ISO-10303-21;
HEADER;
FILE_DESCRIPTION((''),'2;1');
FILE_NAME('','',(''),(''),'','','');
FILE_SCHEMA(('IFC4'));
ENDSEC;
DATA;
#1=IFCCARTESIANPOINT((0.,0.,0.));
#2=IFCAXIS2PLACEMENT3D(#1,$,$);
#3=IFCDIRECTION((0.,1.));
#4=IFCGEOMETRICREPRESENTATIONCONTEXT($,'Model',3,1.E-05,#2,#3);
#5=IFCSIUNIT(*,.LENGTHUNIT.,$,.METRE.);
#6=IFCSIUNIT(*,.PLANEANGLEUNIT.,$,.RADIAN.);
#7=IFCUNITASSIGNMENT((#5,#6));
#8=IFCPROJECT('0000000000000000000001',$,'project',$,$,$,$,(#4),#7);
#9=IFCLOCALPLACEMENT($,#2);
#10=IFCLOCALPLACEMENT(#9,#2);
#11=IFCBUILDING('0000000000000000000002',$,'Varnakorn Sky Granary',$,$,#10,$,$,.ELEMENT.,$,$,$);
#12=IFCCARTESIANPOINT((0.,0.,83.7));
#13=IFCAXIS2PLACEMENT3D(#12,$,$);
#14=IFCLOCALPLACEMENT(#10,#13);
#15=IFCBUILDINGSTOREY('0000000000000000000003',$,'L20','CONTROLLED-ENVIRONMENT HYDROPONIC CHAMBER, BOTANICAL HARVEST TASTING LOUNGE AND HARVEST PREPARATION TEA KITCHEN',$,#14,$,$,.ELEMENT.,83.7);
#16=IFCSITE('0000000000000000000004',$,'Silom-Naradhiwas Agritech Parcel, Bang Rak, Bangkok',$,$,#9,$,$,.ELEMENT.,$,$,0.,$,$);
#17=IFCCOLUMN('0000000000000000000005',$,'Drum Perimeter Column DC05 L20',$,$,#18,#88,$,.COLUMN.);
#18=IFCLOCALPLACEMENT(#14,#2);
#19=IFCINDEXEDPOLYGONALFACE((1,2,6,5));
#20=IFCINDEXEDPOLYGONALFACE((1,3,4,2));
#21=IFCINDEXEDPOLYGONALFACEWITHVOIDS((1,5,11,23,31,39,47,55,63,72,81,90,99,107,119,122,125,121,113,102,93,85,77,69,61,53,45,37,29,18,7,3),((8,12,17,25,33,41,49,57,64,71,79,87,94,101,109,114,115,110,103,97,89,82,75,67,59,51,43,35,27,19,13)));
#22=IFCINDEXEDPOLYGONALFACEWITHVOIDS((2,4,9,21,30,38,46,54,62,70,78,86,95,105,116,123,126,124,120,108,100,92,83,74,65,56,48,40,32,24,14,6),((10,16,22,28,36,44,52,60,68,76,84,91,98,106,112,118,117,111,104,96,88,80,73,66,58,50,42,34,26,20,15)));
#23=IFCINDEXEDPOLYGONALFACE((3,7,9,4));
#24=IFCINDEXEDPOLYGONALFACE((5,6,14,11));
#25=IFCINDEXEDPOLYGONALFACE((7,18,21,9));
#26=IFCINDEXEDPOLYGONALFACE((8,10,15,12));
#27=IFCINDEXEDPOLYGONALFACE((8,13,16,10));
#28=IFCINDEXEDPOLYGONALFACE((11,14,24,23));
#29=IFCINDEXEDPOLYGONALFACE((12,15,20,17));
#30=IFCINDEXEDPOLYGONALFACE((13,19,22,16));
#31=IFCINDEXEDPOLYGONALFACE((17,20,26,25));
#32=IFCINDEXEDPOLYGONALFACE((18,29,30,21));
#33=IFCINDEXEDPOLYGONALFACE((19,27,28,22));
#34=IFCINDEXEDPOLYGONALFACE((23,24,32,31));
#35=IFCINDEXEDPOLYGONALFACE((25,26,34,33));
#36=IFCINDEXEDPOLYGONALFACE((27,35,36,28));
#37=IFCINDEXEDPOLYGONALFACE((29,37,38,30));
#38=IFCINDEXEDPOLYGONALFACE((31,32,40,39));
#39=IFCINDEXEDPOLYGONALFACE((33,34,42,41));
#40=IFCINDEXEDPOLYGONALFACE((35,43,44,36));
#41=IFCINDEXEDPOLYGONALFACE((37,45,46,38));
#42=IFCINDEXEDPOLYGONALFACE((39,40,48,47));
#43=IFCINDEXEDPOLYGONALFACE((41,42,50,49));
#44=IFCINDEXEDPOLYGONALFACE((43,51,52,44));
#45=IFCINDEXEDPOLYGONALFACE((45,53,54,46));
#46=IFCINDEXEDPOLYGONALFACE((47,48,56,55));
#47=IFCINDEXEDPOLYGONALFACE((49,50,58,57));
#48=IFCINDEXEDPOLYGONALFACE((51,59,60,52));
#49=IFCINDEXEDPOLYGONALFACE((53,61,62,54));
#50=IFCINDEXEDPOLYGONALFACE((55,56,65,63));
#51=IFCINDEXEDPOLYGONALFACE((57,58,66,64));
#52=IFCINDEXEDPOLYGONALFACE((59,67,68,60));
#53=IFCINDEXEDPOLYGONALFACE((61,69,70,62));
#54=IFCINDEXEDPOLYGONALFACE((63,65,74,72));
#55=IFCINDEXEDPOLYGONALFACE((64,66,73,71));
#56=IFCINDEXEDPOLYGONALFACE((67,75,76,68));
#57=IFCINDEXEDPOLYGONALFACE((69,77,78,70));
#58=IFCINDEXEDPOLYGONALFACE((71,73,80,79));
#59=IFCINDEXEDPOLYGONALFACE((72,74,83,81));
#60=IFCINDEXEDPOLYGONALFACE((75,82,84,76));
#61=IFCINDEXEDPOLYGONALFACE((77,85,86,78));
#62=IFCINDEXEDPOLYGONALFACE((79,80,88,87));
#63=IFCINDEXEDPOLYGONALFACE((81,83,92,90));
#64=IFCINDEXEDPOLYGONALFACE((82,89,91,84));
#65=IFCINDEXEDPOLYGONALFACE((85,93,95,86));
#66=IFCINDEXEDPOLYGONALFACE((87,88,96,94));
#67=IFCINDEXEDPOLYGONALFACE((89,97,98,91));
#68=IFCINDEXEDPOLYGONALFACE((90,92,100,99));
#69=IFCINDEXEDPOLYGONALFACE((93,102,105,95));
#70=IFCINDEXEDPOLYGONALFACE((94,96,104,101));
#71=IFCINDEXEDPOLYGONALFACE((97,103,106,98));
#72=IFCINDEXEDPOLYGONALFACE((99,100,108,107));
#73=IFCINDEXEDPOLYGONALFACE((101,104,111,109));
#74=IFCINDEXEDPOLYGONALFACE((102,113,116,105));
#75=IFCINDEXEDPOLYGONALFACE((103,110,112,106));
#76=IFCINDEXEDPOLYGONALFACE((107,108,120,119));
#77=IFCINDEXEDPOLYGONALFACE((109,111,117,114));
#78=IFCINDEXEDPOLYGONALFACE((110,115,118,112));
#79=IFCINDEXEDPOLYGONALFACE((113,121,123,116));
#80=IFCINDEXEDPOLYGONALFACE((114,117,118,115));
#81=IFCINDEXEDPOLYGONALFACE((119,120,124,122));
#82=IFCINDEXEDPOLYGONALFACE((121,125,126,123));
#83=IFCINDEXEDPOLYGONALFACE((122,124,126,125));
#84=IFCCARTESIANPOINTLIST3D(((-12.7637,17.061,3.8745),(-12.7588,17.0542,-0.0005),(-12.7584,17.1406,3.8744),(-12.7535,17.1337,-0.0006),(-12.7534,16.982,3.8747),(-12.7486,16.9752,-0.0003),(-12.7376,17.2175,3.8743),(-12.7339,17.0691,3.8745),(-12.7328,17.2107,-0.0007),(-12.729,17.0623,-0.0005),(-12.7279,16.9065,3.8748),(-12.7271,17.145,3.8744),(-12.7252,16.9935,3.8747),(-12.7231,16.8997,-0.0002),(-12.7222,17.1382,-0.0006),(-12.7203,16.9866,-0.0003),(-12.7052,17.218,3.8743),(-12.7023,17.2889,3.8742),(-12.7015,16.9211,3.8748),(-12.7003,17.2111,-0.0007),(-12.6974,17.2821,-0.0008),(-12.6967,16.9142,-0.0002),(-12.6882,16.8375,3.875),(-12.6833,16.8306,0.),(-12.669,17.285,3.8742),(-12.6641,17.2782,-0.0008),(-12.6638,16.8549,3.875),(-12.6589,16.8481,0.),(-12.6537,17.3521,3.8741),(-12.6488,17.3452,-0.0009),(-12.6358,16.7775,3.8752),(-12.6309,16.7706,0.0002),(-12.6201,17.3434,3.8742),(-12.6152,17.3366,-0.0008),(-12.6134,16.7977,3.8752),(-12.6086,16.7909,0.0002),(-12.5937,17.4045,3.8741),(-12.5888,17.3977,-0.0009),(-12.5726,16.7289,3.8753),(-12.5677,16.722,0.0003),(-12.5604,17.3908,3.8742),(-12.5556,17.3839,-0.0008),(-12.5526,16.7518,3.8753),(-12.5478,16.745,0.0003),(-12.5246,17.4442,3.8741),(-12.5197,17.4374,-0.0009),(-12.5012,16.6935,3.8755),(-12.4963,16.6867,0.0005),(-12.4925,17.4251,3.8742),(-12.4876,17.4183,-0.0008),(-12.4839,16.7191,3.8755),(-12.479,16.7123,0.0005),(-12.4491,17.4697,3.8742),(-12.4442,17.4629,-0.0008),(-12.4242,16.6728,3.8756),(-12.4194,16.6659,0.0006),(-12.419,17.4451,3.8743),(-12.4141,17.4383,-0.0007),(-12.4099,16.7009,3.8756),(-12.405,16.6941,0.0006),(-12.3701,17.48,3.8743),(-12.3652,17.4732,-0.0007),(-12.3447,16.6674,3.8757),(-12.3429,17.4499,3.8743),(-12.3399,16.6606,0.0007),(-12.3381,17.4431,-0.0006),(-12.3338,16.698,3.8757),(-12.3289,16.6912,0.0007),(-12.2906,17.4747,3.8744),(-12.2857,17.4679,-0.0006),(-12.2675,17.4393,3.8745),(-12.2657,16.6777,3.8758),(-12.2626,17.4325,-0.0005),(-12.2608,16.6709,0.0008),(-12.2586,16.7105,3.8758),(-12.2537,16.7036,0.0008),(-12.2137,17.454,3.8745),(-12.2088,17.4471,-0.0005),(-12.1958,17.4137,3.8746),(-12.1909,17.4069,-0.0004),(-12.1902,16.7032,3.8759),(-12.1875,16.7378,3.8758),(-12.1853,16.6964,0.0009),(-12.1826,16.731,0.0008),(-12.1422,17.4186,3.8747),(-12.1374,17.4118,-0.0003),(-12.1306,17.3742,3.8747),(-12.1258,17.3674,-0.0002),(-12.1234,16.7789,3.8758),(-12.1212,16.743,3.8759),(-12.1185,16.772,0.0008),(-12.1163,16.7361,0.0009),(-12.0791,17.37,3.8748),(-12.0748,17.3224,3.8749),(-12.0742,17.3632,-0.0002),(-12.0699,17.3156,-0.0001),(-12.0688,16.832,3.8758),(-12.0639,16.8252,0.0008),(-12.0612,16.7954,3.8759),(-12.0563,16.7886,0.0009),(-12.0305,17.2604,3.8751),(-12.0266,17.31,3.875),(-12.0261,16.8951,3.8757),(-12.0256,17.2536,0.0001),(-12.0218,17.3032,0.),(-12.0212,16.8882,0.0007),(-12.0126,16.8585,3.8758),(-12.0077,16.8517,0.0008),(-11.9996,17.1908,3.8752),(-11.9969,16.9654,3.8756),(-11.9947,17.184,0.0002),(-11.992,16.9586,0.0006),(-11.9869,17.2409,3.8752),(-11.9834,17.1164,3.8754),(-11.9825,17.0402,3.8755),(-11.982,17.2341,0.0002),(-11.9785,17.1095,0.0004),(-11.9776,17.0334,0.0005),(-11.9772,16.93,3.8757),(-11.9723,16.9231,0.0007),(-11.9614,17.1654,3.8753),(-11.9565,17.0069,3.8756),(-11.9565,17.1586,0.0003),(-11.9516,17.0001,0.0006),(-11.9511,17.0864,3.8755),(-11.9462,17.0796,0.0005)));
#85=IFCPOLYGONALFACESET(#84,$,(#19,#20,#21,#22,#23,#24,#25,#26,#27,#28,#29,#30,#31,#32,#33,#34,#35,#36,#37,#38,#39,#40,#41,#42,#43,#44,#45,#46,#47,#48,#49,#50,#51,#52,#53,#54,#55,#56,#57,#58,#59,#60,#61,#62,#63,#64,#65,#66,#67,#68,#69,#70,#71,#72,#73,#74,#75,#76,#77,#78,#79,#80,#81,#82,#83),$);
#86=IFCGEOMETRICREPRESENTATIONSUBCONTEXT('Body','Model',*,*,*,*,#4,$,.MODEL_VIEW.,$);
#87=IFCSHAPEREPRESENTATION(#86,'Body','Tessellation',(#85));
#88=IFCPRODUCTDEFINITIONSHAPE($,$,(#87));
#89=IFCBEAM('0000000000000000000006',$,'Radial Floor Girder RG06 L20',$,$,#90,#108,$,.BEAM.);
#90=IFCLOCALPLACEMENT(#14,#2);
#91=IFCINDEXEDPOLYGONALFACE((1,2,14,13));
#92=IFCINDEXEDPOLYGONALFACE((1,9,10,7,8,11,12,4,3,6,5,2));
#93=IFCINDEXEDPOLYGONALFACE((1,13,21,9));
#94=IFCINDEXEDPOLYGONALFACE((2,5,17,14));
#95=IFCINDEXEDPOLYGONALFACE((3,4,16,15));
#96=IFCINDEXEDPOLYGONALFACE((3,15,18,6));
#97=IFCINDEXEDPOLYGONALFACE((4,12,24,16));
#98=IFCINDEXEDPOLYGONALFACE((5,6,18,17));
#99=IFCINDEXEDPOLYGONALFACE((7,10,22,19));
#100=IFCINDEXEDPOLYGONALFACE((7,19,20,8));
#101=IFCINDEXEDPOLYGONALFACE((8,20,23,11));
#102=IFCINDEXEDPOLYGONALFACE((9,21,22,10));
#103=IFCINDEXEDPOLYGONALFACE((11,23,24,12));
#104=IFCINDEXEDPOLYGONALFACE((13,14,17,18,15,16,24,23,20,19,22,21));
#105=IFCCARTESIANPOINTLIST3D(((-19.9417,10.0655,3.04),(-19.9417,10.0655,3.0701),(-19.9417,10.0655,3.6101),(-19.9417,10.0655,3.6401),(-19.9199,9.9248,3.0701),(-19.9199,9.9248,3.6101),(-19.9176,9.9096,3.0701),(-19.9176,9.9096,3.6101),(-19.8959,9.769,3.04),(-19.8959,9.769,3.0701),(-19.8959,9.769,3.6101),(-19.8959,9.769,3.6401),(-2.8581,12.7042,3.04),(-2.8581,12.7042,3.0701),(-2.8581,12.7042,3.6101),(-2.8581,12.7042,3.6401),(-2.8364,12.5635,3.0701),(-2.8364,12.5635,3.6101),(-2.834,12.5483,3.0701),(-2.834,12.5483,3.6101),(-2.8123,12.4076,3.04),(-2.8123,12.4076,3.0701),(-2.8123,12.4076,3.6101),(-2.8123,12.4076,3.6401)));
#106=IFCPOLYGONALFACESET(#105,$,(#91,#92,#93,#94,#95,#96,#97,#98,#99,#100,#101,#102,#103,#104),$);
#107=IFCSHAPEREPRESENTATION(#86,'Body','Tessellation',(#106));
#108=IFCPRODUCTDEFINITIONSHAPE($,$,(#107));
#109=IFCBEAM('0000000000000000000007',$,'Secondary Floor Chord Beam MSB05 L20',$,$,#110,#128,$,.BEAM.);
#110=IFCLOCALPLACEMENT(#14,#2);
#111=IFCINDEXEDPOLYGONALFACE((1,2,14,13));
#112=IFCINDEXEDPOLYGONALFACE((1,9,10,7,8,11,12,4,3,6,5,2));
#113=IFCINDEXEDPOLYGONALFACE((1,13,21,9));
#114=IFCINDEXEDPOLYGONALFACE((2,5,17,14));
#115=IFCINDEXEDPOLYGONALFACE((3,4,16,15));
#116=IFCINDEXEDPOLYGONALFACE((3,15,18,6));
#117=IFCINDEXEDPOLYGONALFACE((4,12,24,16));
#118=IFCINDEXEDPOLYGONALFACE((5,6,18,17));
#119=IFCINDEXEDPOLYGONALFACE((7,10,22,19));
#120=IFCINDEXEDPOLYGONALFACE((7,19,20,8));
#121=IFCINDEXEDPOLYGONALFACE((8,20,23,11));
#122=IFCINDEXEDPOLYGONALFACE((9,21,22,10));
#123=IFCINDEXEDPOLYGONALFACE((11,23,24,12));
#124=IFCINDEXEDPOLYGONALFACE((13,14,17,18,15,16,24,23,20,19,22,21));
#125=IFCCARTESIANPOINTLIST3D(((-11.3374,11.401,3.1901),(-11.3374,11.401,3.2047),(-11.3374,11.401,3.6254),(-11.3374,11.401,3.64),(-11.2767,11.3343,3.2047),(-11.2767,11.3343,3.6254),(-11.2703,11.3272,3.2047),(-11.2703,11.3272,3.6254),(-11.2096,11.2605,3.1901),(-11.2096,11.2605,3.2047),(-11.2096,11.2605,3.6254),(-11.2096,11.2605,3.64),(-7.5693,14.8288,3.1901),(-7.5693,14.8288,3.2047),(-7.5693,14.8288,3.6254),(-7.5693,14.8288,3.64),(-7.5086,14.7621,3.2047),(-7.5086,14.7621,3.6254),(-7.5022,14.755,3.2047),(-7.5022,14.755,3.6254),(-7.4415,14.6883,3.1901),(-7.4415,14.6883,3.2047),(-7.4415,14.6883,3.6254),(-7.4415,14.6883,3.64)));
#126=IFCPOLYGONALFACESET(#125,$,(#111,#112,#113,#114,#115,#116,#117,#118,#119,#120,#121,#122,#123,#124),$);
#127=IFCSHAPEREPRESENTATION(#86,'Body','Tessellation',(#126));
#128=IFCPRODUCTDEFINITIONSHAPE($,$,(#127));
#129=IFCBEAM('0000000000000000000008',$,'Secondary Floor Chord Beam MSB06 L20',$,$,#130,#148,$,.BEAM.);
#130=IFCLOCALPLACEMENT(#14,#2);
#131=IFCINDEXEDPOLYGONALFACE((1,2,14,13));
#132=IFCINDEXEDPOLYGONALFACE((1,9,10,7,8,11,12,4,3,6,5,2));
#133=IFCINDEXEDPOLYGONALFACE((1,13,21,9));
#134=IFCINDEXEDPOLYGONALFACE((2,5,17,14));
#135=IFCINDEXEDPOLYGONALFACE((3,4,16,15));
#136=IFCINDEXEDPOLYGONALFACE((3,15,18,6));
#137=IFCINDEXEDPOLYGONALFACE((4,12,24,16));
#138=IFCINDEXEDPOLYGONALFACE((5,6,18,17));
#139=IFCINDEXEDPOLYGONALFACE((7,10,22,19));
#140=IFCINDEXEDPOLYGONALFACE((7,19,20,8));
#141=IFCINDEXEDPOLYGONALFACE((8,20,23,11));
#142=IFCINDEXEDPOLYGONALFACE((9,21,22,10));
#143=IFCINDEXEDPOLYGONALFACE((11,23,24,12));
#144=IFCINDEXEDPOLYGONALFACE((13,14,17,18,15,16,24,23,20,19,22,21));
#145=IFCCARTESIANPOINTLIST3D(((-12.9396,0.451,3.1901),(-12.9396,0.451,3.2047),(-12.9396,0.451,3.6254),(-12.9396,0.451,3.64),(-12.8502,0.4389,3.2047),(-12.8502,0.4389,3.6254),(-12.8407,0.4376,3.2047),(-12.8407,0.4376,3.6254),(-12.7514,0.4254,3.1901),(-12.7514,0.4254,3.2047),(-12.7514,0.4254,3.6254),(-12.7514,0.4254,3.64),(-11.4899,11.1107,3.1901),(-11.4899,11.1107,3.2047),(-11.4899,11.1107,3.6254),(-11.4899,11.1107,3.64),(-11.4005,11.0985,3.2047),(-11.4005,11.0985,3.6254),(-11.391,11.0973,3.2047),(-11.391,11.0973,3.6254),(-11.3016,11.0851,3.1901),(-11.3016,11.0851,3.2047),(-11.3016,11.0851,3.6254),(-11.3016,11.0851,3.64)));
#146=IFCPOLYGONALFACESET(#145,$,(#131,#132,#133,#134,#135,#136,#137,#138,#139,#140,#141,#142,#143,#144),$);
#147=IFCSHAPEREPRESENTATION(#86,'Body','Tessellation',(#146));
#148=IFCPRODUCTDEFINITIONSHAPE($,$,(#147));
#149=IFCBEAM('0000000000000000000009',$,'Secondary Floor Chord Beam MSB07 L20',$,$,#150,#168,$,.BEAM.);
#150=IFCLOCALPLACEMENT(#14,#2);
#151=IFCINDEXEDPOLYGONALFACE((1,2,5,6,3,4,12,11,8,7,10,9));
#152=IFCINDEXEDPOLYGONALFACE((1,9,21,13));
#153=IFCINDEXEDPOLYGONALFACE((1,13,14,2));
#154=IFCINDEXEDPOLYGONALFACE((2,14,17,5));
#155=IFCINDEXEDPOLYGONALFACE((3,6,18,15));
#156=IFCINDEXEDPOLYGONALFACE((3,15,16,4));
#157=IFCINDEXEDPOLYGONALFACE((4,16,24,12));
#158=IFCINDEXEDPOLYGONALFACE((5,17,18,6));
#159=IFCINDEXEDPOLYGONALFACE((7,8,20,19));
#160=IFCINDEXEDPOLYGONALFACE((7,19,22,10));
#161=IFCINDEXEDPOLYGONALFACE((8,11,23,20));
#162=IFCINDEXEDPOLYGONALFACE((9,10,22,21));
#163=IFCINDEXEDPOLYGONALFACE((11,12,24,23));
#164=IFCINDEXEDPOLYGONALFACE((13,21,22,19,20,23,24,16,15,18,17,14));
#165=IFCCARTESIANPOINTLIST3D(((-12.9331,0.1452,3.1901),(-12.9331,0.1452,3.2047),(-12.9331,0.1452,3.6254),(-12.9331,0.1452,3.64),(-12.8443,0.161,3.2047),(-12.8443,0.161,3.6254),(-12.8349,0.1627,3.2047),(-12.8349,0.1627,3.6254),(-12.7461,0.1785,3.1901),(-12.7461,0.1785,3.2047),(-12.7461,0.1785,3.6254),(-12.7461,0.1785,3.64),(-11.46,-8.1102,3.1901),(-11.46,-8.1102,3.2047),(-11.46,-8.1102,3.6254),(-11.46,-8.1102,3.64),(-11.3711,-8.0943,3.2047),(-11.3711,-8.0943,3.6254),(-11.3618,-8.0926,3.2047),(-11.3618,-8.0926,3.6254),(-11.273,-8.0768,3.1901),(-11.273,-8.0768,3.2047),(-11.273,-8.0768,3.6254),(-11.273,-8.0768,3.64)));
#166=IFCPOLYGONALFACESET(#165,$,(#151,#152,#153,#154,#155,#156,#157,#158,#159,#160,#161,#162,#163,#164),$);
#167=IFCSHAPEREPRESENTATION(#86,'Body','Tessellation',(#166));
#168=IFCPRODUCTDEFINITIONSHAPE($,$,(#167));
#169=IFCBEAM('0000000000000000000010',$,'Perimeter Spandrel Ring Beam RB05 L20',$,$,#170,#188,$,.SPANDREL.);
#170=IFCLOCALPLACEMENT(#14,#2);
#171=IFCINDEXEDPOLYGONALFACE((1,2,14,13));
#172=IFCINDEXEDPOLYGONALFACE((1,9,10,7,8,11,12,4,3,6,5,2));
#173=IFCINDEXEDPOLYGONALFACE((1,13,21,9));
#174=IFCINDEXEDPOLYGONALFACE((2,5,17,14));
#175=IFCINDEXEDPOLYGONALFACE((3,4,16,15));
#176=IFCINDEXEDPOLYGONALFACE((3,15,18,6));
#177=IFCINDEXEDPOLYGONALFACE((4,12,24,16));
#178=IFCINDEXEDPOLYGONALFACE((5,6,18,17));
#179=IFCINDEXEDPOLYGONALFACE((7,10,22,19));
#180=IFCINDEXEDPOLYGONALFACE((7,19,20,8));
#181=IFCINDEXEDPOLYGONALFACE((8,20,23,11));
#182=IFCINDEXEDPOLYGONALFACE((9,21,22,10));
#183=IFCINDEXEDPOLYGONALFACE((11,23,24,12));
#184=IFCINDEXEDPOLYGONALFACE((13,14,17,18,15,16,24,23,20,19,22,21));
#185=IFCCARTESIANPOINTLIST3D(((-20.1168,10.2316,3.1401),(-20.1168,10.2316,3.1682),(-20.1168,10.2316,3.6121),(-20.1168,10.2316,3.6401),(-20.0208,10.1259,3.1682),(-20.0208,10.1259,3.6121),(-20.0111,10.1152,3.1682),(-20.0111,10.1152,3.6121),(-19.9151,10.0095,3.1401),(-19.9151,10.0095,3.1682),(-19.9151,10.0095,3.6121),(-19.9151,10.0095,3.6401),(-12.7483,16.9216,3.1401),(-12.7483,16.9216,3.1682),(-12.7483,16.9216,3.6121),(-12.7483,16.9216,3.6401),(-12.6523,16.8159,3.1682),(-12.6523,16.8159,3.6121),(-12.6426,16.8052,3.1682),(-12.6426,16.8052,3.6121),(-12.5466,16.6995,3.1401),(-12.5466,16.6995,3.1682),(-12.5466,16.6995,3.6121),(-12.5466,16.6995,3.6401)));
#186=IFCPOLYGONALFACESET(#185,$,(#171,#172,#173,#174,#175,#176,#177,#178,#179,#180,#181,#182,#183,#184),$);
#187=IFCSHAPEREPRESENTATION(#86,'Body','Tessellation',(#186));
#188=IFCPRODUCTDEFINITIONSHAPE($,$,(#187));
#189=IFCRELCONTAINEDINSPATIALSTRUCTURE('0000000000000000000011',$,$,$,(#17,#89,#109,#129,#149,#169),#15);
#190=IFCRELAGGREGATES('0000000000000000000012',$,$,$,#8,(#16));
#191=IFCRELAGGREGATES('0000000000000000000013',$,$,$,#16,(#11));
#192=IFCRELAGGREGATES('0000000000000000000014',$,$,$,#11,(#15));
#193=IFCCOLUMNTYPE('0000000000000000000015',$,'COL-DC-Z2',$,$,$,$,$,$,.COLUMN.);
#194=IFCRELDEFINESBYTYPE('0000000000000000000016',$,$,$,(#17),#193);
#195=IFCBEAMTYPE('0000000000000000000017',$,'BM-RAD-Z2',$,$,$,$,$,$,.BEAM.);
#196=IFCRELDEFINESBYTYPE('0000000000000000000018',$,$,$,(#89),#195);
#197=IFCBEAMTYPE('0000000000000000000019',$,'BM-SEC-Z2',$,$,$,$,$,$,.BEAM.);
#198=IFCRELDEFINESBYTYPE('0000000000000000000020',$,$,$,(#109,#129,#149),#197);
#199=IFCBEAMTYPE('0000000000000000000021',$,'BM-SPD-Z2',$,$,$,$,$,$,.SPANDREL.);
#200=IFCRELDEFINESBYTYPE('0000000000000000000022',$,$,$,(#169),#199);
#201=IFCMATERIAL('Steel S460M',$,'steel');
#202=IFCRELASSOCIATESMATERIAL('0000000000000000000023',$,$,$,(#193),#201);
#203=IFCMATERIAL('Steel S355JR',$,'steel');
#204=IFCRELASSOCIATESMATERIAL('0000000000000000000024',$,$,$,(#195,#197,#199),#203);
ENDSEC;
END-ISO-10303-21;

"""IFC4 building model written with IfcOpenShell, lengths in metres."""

from ifc_helpers import new_model, si_unit, direction, frame, origin, origin_2d, place, context, subcontext, project, spatial, hollow_circle, i_section, extrude, material, material_profile, profile_set, type_object, element, save


model = new_model("IFC4")

# Units and contexts
model_context = context("Model", 3, precision=1e-05, world=origin(), true_north=direction((0.0, 1.0)))
body_context = subcontext(model_context, "Body", "Model", "MODEL_VIEW")
ifc_project = project(units=[si_unit("LENGTHUNIT", "METRE"), si_unit("PLANEANGLEUNIT", "RADIAN")], contexts=[model_context])

# Site, building, storey
site_placement = place(None, origin())
site = spatial("IfcSite", under=ifc_project, at=site_placement, Name="Silom-Naradhiwas Agritech Parcel, Bang Rak, Bangkok", CompositionType="ELEMENT", RefElevation=0.0)
building_placement = place(site_placement, origin())
building = spatial("IfcBuilding", under=site, at=building_placement, Name="Varnakorn Sky Granary", CompositionType="ELEMENT")
storey_placement = place(building_placement, frame((0.0, 0.0, 83.7)))
storey = spatial("IfcBuildingStorey", under=building, at=storey_placement, Name="L20", Description="CONTROLLED-ENVIRONMENT HYDROPONIC CHAMBER, BOTANICAL HARVEST TASTING LOUNGE AND HARVEST PREPARATION TEA KITCHEN", CompositionType="ELEMENT", Elevation=83.7)

# Column
ifc_material_1 = material(Name="Steel S460M", Category="steel")
ifc_material_profile_1 = material_profile(ifc_material_1, hollow_circle(Radius=0.4065, WallThickness=0.03, at=origin_2d()), Name="CHS 813x30")
ifc_profile_set_1 = profile_set([ifc_material_profile_1], Name="Steel S460M")
column_type = type_object("IfcColumnType", Name="COL-DC-Z2", PredefinedType="COLUMN", material=ifc_profile_set_1)
column_placement = place(storey_placement, frame((-12.3525, 17.0669, 0.0), z_axis=(-0.00126, 0.001764, 0.999998), x_axis=(-0.813733, -0.581238, 0.0)))
element("IfcColumn", 1, at=column_placement, inside=storey, type_object=column_type, Name="Drum Perimeter Column DC05 L20", PredefinedType="COLUMN", context=body_context, shape_type="SweptSolid", body=[
    extrude(hollow_circle(Radius=0.4065, WallThickness=0.03, at=origin_2d()), origin(), (0.0, 0.0, 1.0), 3.875),
])

# Beams
ifc_material_2 = material(Name="Steel S355JR", Category="steel")
ifc_material_profile_2 = material_profile(ifc_material_2, i_section(OverallWidth=0.3, OverallDepth=0.6001, WebThickness=0.0154, FlangeThickness=0.03, at=origin_2d()), Name="HE 600 B")
ifc_profile_set_2 = profile_set([ifc_material_profile_2], Name="Steel S355JR")
beam_type_1 = type_object("IfcBeamType", Name="BM-RAD-Z2", PredefinedType="BEAM", material=ifc_profile_set_2)
beam_1_placement = place(storey_placement, frame((-2.8352, 12.5559, 3.3401), z_axis=(-0.988281, -0.152647, 0.0), x_axis=(0.152647, -0.988281, 0.0)))
element("IfcBeam", 2, at=beam_1_placement, inside=storey, type_object=beam_type_1, Name="Radial Floor Girder RG06 L20", PredefinedType="BEAM", context=body_context, shape_type="SweptSolid", body=[
    extrude(i_section(OverallWidth=0.3, OverallDepth=0.6001, WebThickness=0.0154, FlangeThickness=0.03, at=origin_2d()), origin(), (0.0, 0.0, 1.0), 17.2861),
])
ifc_material_profile_3 = material_profile(ifc_material_2, i_section(OverallWidth=0.1899, OverallDepth=0.45, WebThickness=0.0095, FlangeThickness=0.0146, at=origin_2d()), Name="IPE 450")
ifc_profile_set_3 = profile_set([ifc_material_profile_3], Name="Steel S355JR")
beam_type_2 = type_object("IfcBeamType", Name="BM-SEC-Z2", PredefinedType="BEAM", material=ifc_profile_set_3)
beam_2_placement = place(storey_placement, frame((-7.5054, 14.7585, 3.415), z_axis=(-0.739723, -0.672911, 0.0), x_axis=(0.672911, -0.739723, 0.0)))
element("IfcBeam", 3, at=beam_2_placement, inside=storey, type_object=beam_type_2, Name="Secondary Floor Chord Beam MSB05 L20", PredefinedType="BEAM", context=body_context, shape_type="SweptSolid", body=[
    extrude(i_section(OverallWidth=0.1899, OverallDepth=0.45, WebThickness=0.0095, FlangeThickness=0.0146, at=origin_2d()), origin(), (0.0, 0.0, 1.0), 5.094),
])
beam_3_placement = place(storey_placement, frame((-11.3958, 11.0979, 3.415), z_axis=(-0.134759, -0.990878, 0.0), x_axis=(0.990878, -0.134759, 0.0)))
element("IfcBeam", 4, at=beam_3_placement, inside=storey, type_object=beam_type_2, Name="Secondary Floor Chord Beam MSB06 L20", PredefinedType="BEAM", context=body_context, shape_type="SweptSolid", body=[
    extrude(i_section(OverallWidth=0.1899, OverallDepth=0.45, WebThickness=0.0095, FlangeThickness=0.0146, at=origin_2d()), origin(), (0.0, 0.0, 1.0), 10.7578),
])
beam_4_placement = place(storey_placement, frame((-12.8396, 0.1619, 3.415), z_axis=(0.175672, -0.984449, 0.0), x_axis=(0.984449, 0.175672, 0.0)))
element("IfcBeam", 5, at=beam_4_placement, inside=storey, type_object=beam_type_2, Name="Secondary Floor Chord Beam MSB07 L20", PredefinedType="BEAM", context=body_context, shape_type="SweptSolid", body=[
    extrude(i_section(OverallWidth=0.1899, OverallDepth=0.45, WebThickness=0.0095, FlangeThickness=0.0146, at=origin_2d()), origin(), (0.0, 0.0, 1.0), 8.3857),
])
ifc_material_profile_4 = material_profile(ifc_material_2, i_section(OverallWidth=0.3, OverallDepth=0.5, WebThickness=0.0144, FlangeThickness=0.0281, at=origin_2d()), Name="HE 500 B")
ifc_profile_set_4 = profile_set([ifc_material_profile_4], Name="Steel S355JR")
beam_type_3 = type_object("IfcBeamType", Name="BM-SPD-Z2", PredefinedType="SPANDREL", material=ifc_profile_set_4)
beam_5_placement = place(storey_placement, frame((-12.6475, 16.8105, 3.3901), z_axis=(-0.740371, -0.672199, 0.0), x_axis=(0.672199, -0.740371, 0.0)))
element("IfcBeam", 6, at=beam_5_placement, inside=storey, type_object=beam_type_3, Name="Perimeter Spandrel Ring Beam RB05 L20", PredefinedType="SPANDREL", context=body_context, shape_type="SweptSolid", body=[
    extrude(i_section(OverallWidth=0.3, OverallDepth=0.5, WebThickness=0.0144, FlangeThickness=0.0281, at=origin_2d()), origin(), (0.0, 0.0, 1.0), 9.9524),
])

save(model, "model.ifc")
